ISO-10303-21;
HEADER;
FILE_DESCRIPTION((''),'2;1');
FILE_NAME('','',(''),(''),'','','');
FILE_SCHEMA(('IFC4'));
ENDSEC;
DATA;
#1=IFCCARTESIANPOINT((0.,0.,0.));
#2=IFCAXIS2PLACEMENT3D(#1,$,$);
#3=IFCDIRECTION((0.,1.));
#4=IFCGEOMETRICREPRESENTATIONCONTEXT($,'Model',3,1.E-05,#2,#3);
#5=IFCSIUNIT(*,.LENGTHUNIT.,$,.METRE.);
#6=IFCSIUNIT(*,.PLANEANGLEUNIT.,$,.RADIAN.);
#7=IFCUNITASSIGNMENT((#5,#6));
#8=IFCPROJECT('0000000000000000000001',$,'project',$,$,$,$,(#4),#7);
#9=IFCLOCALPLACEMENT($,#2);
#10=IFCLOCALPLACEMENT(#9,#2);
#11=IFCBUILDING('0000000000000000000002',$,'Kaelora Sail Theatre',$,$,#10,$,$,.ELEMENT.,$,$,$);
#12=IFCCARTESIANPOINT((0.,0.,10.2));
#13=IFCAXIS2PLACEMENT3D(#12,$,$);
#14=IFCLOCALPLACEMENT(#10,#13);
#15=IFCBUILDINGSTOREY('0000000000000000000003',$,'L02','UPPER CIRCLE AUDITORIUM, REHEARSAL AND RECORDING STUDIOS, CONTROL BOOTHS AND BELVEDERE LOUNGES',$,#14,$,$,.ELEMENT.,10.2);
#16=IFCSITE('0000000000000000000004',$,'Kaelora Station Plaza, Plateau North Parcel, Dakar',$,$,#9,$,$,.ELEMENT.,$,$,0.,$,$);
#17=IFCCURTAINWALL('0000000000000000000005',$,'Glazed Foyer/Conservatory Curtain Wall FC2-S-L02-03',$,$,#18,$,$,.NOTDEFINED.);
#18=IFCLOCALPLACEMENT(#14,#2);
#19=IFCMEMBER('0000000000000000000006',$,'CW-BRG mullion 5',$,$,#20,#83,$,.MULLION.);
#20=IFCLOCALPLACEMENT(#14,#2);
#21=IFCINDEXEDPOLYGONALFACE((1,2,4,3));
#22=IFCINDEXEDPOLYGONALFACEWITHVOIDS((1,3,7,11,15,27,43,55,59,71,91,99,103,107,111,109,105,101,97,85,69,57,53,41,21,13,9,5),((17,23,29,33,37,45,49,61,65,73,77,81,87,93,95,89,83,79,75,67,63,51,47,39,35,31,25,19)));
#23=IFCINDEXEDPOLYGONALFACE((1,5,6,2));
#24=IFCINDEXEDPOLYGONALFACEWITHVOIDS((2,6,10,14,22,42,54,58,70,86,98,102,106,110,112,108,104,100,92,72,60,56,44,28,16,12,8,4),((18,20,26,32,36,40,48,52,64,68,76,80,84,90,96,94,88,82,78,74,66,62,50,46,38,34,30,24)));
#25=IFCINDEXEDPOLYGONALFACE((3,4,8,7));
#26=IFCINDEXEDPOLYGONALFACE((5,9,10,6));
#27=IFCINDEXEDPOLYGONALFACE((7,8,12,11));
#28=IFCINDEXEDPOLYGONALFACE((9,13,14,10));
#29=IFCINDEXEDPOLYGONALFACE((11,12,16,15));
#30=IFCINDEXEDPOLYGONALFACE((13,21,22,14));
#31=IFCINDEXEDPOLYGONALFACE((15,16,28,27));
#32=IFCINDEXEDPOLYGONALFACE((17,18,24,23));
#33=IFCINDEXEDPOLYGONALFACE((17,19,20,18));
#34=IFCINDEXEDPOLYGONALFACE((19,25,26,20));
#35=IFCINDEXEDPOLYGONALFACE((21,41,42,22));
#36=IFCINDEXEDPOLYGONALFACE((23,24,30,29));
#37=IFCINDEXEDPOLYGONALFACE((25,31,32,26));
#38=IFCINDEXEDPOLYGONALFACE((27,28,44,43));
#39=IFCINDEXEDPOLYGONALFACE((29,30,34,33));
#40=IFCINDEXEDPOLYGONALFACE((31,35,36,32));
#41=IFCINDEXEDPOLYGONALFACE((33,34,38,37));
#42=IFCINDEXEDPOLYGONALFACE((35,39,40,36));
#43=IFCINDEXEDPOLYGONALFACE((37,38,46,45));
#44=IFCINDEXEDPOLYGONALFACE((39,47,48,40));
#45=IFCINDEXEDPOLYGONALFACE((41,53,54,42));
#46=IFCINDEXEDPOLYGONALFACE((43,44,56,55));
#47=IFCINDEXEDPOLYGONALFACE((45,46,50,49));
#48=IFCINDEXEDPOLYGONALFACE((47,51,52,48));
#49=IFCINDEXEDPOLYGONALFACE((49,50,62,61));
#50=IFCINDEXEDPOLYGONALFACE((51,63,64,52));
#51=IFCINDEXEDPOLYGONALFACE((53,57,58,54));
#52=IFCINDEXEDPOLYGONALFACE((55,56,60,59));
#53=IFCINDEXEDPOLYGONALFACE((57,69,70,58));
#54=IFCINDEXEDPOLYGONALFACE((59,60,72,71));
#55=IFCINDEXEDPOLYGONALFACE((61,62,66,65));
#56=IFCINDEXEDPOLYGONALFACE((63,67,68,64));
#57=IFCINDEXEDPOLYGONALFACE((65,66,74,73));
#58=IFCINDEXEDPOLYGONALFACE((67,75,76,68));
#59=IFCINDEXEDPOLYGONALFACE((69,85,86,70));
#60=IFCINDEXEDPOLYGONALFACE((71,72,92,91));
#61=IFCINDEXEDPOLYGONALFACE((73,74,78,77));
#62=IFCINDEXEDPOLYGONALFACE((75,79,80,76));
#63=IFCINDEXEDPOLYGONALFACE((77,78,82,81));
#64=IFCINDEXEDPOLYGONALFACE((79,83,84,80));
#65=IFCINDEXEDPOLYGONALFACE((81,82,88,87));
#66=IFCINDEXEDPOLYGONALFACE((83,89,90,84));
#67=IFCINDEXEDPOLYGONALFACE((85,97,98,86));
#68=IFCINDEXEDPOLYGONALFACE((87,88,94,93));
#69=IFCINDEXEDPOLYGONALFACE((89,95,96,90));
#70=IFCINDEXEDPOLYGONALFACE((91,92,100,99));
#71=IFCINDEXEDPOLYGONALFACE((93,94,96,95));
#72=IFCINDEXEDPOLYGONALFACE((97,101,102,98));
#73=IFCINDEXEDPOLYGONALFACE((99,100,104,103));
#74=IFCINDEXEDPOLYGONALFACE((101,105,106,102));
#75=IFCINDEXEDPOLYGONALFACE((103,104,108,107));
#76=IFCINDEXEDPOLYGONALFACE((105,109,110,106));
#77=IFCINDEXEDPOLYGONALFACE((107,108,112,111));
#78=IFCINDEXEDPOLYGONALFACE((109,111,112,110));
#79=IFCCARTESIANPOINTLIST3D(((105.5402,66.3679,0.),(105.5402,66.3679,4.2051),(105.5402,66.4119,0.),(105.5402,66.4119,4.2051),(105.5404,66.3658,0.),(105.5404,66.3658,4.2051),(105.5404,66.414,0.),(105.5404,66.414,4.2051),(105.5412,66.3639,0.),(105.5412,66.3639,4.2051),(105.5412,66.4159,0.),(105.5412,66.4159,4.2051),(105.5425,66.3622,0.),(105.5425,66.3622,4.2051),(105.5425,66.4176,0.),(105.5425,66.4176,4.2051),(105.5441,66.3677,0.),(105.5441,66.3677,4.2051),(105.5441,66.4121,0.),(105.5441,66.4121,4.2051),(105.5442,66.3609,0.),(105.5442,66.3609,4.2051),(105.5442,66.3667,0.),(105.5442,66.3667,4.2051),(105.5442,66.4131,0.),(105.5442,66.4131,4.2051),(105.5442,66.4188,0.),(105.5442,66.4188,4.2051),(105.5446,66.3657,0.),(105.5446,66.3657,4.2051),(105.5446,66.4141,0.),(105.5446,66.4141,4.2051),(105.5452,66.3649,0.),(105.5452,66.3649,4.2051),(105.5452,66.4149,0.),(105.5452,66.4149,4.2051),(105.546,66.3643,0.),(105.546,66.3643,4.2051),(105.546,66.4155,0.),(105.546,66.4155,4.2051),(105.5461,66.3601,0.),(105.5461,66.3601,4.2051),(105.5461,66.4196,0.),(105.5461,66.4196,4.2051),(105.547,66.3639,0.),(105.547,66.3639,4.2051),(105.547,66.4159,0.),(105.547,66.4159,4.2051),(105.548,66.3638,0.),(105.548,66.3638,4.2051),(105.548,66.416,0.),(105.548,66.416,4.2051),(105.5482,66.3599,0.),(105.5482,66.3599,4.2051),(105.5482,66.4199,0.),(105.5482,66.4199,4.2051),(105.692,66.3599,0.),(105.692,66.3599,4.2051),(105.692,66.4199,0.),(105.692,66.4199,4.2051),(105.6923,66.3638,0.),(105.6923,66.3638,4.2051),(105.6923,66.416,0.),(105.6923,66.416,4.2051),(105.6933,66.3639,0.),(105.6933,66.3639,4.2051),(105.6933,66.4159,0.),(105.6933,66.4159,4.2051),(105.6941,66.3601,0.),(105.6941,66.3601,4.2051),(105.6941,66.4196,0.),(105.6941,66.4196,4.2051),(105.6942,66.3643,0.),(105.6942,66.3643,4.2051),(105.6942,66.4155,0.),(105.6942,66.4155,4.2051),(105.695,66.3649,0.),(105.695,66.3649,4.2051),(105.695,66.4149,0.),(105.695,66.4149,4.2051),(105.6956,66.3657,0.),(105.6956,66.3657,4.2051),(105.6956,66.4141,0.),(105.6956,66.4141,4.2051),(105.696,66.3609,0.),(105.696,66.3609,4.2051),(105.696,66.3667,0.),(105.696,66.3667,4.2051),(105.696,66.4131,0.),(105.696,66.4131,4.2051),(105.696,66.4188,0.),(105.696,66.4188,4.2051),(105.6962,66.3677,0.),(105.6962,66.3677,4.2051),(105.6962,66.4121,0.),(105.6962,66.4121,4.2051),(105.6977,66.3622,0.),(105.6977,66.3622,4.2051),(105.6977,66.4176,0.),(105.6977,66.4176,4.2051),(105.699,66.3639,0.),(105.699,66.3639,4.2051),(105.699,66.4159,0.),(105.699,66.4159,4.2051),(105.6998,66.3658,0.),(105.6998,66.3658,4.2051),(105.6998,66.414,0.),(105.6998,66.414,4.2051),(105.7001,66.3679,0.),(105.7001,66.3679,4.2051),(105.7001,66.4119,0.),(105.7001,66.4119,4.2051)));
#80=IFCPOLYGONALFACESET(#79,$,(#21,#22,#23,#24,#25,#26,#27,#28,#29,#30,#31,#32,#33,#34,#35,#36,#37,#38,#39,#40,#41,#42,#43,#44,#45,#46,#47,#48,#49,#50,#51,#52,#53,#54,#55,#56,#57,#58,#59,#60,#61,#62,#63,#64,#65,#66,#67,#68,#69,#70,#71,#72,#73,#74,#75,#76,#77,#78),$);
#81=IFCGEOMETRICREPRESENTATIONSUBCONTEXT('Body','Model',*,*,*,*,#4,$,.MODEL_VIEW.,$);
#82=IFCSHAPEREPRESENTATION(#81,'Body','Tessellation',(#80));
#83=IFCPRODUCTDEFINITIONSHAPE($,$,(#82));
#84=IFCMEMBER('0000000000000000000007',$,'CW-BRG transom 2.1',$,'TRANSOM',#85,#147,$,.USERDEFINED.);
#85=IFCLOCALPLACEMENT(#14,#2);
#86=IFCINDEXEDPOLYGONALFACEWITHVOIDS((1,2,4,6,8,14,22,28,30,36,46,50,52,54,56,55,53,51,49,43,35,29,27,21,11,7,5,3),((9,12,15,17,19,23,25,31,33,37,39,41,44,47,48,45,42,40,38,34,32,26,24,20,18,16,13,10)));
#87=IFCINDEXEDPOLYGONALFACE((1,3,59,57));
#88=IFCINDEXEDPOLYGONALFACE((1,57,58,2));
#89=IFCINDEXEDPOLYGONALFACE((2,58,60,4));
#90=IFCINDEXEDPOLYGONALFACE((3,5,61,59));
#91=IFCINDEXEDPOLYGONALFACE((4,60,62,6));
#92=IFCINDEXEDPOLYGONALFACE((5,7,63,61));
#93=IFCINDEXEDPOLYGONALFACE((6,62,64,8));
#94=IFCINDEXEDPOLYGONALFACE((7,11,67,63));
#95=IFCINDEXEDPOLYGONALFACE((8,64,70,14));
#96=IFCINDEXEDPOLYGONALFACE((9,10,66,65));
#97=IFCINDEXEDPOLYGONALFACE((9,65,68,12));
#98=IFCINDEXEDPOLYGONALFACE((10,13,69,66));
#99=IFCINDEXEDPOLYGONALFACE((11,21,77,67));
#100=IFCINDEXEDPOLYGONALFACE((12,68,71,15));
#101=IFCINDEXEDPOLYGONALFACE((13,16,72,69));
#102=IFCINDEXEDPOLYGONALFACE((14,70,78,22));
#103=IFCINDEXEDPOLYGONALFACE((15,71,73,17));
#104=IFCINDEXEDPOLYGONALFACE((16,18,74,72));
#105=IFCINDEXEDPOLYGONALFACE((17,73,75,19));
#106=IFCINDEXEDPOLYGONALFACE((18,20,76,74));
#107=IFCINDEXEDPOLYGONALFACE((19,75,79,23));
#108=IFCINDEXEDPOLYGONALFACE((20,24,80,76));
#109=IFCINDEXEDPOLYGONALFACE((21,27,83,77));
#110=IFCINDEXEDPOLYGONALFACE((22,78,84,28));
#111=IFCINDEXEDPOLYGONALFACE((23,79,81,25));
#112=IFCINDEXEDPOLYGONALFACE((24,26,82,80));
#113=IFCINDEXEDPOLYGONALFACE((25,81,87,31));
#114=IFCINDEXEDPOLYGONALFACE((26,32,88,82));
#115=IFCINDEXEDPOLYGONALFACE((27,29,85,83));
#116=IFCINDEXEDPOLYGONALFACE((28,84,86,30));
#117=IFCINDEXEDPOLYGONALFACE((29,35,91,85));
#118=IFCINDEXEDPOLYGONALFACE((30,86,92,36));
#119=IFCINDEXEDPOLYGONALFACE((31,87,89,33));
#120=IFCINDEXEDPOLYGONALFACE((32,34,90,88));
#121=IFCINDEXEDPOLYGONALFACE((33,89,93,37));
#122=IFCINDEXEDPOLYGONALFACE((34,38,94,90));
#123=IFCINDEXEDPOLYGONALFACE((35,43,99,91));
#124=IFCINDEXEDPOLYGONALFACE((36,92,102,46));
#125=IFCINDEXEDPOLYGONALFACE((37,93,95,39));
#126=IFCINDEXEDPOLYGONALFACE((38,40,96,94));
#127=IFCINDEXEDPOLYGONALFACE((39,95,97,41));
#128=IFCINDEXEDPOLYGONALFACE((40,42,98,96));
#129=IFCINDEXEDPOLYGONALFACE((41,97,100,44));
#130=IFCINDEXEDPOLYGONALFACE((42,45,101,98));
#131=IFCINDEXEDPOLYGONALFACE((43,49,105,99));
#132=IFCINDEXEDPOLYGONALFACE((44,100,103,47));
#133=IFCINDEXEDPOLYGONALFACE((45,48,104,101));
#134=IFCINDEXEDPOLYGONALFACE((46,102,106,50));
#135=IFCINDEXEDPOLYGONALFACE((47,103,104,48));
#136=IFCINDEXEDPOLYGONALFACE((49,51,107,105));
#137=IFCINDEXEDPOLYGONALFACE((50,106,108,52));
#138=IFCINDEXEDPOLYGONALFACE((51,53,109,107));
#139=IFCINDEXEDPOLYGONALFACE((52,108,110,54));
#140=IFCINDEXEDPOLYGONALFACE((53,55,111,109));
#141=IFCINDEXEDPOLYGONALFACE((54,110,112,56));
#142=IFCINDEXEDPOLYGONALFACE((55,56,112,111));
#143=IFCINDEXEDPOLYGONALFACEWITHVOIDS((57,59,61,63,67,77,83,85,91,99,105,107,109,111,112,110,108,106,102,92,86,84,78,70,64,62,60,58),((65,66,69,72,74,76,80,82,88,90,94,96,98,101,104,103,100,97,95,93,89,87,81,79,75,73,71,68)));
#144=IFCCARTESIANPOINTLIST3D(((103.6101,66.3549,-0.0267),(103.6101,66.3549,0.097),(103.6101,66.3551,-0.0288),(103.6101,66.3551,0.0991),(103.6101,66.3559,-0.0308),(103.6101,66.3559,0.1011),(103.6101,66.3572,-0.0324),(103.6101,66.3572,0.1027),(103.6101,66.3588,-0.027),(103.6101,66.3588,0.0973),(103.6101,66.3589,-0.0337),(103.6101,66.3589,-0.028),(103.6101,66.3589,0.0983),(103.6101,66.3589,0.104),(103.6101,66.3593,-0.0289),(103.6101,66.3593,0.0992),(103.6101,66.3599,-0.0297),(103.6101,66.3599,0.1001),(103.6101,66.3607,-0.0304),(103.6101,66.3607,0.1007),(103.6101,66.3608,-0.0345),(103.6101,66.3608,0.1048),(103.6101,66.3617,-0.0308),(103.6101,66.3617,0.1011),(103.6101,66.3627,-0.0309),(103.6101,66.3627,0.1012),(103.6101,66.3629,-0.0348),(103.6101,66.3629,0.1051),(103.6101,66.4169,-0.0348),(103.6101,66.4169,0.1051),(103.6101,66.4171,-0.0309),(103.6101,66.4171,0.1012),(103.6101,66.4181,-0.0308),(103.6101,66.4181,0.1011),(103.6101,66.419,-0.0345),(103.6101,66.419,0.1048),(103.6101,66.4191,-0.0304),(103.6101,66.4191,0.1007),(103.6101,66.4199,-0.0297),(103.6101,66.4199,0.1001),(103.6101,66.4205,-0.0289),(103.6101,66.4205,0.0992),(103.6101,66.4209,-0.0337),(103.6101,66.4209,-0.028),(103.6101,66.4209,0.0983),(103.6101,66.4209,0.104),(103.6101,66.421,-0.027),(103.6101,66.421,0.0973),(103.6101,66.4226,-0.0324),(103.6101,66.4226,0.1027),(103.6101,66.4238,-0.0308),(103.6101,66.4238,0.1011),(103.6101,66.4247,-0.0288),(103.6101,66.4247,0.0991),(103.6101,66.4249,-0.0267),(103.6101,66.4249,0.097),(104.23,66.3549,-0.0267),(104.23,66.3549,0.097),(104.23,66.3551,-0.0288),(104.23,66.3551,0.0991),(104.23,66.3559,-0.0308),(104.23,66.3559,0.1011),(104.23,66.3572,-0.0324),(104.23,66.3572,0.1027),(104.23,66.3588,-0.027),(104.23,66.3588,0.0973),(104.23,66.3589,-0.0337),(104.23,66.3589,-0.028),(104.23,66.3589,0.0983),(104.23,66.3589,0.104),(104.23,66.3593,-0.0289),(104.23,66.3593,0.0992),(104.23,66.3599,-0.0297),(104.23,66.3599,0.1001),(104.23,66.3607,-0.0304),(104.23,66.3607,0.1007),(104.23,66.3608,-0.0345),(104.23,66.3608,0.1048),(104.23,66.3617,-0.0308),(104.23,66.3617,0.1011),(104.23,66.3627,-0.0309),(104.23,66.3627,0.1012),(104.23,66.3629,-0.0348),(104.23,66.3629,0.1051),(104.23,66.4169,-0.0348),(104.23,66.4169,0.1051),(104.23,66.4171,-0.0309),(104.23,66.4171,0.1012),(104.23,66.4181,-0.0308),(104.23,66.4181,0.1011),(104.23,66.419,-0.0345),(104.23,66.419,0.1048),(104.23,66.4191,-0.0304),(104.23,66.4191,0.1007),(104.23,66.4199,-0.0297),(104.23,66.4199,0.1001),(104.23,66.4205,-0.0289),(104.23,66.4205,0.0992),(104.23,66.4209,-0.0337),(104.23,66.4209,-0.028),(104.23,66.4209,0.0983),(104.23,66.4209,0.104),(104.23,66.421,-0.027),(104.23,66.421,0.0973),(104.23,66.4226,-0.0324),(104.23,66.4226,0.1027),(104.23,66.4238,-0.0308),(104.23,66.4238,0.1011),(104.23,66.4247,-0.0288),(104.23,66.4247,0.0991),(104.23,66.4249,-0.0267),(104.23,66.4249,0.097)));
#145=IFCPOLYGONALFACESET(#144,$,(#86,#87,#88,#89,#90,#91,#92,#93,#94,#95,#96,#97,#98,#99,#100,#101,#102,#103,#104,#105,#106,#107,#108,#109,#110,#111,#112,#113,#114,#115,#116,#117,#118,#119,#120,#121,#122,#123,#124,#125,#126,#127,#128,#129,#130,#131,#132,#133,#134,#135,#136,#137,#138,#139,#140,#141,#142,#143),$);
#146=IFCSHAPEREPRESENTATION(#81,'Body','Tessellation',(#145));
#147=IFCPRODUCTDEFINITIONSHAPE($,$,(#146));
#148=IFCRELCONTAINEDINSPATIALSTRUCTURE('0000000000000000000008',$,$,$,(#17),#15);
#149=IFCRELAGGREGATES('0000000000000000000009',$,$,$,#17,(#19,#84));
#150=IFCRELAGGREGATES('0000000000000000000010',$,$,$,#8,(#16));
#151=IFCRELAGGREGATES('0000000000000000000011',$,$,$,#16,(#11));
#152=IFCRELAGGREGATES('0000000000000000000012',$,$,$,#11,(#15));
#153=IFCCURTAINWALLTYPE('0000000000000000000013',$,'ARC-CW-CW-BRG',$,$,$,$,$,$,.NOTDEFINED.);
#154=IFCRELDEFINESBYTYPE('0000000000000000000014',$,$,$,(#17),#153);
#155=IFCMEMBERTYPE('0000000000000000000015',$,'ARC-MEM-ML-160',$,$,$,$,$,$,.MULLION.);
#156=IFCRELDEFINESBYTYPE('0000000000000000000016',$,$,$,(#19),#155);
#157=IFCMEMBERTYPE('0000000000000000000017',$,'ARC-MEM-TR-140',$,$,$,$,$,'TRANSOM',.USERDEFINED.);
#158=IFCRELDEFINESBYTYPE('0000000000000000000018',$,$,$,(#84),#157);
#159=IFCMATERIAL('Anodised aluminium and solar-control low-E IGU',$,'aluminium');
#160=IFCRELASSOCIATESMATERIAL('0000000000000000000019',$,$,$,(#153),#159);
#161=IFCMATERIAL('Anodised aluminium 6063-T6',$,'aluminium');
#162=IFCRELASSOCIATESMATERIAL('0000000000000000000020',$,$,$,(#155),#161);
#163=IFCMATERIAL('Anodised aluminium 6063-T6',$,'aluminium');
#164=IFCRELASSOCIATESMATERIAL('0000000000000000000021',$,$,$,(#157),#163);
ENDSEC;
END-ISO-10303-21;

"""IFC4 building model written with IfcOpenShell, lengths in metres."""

from ifc_helpers import new_model, si_unit, direction, frame, origin, origin_2d, place, context, subcontext, project, spatial, hollow_rectangle, extrude, material, material_profile, profile_set, type_object, element, aggregate, save


model = new_model("IFC4")

# Units and contexts
model_context = context("Model", 3, precision=1e-05, world=origin(), true_north=direction((0.0, 1.0)))
body_context = subcontext(model_context, "Body", "Model", "MODEL_VIEW")
ifc_project = project(units=[si_unit("LENGTHUNIT", "METRE"), si_unit("PLANEANGLEUNIT", "RADIAN")], contexts=[model_context])

# Site, building, storey
site_placement = place(None, origin())
site = spatial("IfcSite", under=ifc_project, at=site_placement, Name="Kaelora Station Plaza, Plateau North Parcel, Dakar", CompositionType="ELEMENT", RefElevation=0.0)
building_placement = place(site_placement, origin())
building = spatial("IfcBuilding", under=site, at=building_placement, Name="Kaelora Sail Theatre", CompositionType="ELEMENT")
storey_placement = place(building_placement, frame((0.0, 0.0, 10.2)))
storey = spatial("IfcBuildingStorey", under=building, at=storey_placement, Name="L02", Description="UPPER CIRCLE AUDITORIUM, REHEARSAL AND RECORDING STUDIOS, CONTROL BOOTHS AND BELVEDERE LOUNGES", CompositionType="ELEMENT", Elevation=10.2)

# Curtain wall, members
ifc_material_1 = material(Name="Anodised aluminium and solar-control low-E IGU", Category="aluminium")
curtain_wall_type = type_object("IfcCurtainWallType", Name="ARC-CW-CW-BRG", PredefinedType="NOTDEFINED", material=ifc_material_1)
curtain_wall_placement = place(storey_placement, origin())
curtain_wall = element("IfcCurtainWall", 1, at=curtain_wall_placement, inside=storey, type_object=curtain_wall_type, Name="Glazed Foyer/Conservatory Curtain Wall FC2-S-L02-03", PredefinedType="NOTDEFINED")
ifc_material_2 = material(Name="Anodised aluminium 6063-T6", Category="aluminium")
ifc_material_profile_1 = material_profile(ifc_material_2, hollow_rectangle(XDim=0.0601, YDim=0.1599, WallThickness=0.0039, InnerFilletRadius=0.0039, OuterFilletRadius=0.0081, at=origin_2d()), Name="ALU-MULL 60x160x4")
ifc_profile_set_1 = profile_set([ifc_material_profile_1], Name="Anodised aluminium 6063-T6")
member_type_1 = type_object("IfcMemberType", Name="ARC-MEM-ML-160", PredefinedType="MULLION", material=ifc_profile_set_1)
member_1_placement = place(storey_placement, frame((105.6201, 66.3899, 0.0), z_axis=(0.0, 0.0, 1.0), x_axis=(0.0, 1.0, 0.0)))
member_1 = element("IfcMember", 2, at=member_1_placement, type_object=member_type_1, Name="CW-BRG mullion 5", PredefinedType="MULLION", context=body_context, shape_type="SweptSolid", body=[
    extrude(hollow_rectangle(XDim=0.0601, YDim=0.1599, WallThickness=0.0039, InnerFilletRadius=0.0039, OuterFilletRadius=0.0081, at=origin_2d()), origin(), (0.0, 0.0, 1.0), 4.2051),
])
ifc_material_3 = material(Name="Anodised aluminium 6063-T6", Category="aluminium")
ifc_material_profile_2 = material_profile(ifc_material_3, hollow_rectangle(XDim=0.0701, YDim=0.1399, WallThickness=0.0039, InnerFilletRadius=0.0039, OuterFilletRadius=0.0081, at=origin_2d()), Name="ALU-TRAN 70x140x4")
ifc_profile_set_2 = profile_set([ifc_material_profile_2], Name="Anodised aluminium 6063-T6")
member_type_2 = type_object("IfcMemberType", Name="ARC-MEM-TR-140", ElementType="TRANSOM", PredefinedType="USERDEFINED", material=ifc_profile_set_2)
member_2_placement = place(storey_placement, frame((103.6101, 66.3899, 0.0352), z_axis=(1.0, 0.0, 0.0), x_axis=(0.0, 1.0, 0.0)))
member_2 = element("IfcMember", 3, at=member_2_placement, type_object=member_type_2, Name="CW-BRG transom 2.1", ObjectType="TRANSOM", PredefinedType="USERDEFINED", context=body_context, shape_type="SweptSolid", body=[
    extrude(hollow_rectangle(XDim=0.0701, YDim=0.1399, WallThickness=0.0039, InnerFilletRadius=0.0039, OuterFilletRadius=0.0081, at=origin_2d()), origin(), (0.0, 0.0, 1.0), 0.6199),
])
aggregate(curtain_wall, [member_1, member_2])

save(model, "model.ifc")
